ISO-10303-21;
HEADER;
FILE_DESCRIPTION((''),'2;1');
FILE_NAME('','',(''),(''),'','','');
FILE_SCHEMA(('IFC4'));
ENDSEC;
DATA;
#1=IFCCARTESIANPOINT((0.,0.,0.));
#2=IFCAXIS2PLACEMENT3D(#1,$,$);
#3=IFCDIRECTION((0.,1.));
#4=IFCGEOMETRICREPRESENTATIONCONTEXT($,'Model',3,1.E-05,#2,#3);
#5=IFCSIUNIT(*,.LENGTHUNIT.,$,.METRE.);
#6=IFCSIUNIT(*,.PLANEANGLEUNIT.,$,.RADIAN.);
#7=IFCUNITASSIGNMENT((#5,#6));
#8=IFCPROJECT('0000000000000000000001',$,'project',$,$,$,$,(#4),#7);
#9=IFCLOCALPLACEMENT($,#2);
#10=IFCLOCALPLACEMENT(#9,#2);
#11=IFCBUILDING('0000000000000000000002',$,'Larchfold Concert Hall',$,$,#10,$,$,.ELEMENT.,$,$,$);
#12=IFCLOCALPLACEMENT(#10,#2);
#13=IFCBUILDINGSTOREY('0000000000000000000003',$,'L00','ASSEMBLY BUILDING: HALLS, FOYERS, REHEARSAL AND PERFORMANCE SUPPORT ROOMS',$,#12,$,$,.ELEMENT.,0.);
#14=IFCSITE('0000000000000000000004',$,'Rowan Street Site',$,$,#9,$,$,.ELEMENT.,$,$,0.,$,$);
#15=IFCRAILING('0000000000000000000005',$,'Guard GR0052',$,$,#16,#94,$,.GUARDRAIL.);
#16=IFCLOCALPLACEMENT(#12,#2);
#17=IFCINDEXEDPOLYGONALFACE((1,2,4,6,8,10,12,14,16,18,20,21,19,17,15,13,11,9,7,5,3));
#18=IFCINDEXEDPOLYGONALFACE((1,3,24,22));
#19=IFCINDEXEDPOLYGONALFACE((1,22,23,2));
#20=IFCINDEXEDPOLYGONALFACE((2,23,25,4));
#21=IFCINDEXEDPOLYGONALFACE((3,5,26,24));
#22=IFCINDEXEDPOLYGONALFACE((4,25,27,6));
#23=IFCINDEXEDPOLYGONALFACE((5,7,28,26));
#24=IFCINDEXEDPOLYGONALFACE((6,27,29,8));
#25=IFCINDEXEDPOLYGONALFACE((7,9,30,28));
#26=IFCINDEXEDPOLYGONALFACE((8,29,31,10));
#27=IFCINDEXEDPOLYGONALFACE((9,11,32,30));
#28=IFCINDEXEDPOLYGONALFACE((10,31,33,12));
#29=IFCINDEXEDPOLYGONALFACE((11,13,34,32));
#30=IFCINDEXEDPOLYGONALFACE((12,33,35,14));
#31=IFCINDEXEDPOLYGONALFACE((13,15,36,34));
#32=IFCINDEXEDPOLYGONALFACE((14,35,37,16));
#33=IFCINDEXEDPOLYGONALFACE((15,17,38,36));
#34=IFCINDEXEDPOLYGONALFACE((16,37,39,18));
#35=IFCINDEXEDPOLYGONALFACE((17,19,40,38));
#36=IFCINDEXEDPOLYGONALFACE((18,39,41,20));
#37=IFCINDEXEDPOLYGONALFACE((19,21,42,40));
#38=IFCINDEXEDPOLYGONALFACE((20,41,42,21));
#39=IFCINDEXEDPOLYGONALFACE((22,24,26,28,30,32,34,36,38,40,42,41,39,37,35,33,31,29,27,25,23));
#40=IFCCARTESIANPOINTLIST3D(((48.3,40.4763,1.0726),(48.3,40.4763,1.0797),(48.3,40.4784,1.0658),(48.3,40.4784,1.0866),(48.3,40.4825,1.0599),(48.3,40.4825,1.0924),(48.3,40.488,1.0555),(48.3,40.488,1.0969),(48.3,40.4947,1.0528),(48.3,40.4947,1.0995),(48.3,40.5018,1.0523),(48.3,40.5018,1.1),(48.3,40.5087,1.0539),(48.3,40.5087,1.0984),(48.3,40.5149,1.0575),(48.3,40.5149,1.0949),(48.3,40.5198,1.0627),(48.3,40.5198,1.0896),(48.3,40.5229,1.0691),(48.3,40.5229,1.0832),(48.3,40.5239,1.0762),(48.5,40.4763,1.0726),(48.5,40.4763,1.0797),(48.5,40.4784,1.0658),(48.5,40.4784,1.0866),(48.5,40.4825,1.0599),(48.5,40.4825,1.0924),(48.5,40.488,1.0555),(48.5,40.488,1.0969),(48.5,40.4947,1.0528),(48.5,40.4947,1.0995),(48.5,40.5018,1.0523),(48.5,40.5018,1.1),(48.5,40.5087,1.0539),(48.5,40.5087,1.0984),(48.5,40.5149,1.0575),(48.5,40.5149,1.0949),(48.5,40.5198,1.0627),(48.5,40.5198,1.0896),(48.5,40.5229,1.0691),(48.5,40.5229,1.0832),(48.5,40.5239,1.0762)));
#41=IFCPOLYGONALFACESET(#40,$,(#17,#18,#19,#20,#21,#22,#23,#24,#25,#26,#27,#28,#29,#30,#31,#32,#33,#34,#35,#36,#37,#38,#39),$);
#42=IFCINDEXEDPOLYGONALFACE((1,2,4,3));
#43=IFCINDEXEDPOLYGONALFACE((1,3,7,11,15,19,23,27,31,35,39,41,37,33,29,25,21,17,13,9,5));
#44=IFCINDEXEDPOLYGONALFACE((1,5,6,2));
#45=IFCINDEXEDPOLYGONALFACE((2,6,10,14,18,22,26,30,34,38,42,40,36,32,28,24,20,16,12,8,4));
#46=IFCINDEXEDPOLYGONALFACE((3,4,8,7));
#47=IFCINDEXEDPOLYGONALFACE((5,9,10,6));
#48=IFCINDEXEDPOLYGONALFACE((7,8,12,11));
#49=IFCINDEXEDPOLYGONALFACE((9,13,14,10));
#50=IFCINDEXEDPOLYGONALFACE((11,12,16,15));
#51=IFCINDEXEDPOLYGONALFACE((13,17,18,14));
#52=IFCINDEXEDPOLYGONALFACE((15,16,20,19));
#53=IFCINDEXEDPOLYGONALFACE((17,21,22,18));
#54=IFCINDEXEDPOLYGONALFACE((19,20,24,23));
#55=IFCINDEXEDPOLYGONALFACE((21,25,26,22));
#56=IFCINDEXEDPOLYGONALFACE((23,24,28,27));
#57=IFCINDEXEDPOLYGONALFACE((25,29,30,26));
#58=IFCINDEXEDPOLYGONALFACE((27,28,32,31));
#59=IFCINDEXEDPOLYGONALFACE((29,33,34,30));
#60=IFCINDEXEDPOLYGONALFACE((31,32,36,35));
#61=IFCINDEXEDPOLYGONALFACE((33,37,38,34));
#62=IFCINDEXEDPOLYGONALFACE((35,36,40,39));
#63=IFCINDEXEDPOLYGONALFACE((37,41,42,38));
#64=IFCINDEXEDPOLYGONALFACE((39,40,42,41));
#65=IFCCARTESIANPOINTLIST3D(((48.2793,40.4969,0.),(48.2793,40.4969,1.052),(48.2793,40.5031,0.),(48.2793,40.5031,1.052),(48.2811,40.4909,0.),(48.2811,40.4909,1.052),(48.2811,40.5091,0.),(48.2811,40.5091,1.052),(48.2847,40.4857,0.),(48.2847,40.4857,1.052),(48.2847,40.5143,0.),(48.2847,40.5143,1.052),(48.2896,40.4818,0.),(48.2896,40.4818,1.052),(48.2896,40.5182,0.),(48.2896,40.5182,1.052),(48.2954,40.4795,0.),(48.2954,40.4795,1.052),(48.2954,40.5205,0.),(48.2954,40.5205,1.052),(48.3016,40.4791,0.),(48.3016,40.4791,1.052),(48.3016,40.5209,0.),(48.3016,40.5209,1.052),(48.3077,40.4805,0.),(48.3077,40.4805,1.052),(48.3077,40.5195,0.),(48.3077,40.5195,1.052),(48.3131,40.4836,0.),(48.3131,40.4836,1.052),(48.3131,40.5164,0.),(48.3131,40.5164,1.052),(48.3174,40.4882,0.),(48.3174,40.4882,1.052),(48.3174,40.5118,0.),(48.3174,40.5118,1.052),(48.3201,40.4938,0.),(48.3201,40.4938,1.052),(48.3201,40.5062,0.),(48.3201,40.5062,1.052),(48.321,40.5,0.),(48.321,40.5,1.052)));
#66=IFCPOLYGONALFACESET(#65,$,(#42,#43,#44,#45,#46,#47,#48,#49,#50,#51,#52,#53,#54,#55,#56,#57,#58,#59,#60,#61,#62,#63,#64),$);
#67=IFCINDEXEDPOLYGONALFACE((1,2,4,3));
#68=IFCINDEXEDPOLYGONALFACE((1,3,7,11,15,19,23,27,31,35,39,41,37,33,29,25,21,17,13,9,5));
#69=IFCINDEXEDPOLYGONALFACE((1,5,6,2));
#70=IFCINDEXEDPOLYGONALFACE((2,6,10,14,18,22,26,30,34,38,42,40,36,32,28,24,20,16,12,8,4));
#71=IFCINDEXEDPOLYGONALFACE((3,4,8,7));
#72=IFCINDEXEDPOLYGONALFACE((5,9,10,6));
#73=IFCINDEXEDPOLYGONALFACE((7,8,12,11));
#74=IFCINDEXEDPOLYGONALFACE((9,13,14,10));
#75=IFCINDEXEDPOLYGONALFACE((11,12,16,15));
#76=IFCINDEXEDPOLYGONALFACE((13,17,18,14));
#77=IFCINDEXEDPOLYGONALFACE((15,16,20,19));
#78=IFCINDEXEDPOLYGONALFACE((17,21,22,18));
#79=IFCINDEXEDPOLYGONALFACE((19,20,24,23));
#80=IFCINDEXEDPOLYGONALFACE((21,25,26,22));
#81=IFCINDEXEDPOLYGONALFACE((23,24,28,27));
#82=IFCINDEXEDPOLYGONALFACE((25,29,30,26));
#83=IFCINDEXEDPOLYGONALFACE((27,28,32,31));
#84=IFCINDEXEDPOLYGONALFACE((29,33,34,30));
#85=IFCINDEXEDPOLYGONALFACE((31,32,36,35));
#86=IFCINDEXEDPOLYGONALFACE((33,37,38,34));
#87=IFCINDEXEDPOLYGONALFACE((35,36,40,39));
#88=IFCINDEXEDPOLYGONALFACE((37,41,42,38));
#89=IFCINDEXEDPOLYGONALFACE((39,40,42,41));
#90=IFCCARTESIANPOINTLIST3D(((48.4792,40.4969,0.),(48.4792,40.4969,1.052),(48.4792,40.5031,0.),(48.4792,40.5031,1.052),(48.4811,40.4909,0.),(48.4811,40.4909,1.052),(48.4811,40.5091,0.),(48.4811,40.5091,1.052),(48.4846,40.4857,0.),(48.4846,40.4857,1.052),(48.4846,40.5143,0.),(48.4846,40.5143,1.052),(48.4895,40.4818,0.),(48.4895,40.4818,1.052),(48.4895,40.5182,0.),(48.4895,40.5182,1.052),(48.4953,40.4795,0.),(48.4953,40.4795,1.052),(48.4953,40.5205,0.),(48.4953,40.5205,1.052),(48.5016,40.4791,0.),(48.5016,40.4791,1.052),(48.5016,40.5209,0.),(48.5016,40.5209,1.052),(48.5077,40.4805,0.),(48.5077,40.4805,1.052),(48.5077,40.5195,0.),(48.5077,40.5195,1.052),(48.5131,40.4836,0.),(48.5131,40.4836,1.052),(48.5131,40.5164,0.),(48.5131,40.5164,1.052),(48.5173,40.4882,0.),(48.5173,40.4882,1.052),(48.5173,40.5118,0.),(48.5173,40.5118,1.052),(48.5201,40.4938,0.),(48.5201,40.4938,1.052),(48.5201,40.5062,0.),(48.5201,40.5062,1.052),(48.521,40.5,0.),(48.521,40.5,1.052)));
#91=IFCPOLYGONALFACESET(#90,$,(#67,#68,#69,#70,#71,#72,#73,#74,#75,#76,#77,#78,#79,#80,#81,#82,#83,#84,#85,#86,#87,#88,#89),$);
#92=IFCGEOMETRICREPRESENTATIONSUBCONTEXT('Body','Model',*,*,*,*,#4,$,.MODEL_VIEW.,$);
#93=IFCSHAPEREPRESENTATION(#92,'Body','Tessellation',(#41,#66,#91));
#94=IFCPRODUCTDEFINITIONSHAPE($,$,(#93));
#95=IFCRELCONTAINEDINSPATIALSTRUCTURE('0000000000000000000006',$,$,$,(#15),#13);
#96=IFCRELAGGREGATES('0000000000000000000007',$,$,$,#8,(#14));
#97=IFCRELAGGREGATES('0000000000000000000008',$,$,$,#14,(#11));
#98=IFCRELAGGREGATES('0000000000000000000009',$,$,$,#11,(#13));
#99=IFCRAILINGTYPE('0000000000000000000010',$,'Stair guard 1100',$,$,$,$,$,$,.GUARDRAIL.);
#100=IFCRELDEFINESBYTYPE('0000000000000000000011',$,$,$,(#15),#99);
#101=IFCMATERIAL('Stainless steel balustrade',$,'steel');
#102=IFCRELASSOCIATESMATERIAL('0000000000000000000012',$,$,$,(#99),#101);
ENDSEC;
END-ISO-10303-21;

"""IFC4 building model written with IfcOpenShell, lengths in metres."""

from ifc_helpers import new_model, si_unit, direction, frame, origin, origin_2d, place, context, subcontext, project, spatial, circle, extrude, material, type_object, element, save


model = new_model("IFC4")

# Units and contexts
model_context = context("Model", 3, precision=1e-05, world=origin(), true_north=direction((0.0, 1.0)))
body_context = subcontext(model_context, "Body", "Model", "MODEL_VIEW")
ifc_project = project(units=[si_unit("LENGTHUNIT", "METRE"), si_unit("PLANEANGLEUNIT", "RADIAN")], contexts=[model_context])

# Site, building, storey
site_placement = place(None, origin())
site = spatial("IfcSite", under=ifc_project, at=site_placement, Name="Rowan Street Site", CompositionType="ELEMENT", RefElevation=0.0)
building_placement = place(site_placement, origin())
building = spatial("IfcBuilding", under=site, at=building_placement, Name="Larchfold Concert Hall", CompositionType="ELEMENT")
storey_placement = place(building_placement, origin())
storey = spatial("IfcBuildingStorey", under=building, at=storey_placement, Name="L00", Description="ASSEMBLY BUILDING: HALLS, FOYERS, REHEARSAL AND PERFORMANCE SUPPORT ROOMS", CompositionType="ELEMENT", Elevation=0.0)

# Railing
ifc_material_1 = material(Name="Stainless steel balustrade", Category="steel")
railing_type_1 = type_object("IfcRailingType", Name="Stair guard 1100", PredefinedType="GUARDRAIL", material=ifc_material_1)
railing_1_placement = place(storey_placement, frame((48.3, 40.5, 0.0)))
element("IfcRailing", 1, at=railing_1_placement, inside=storey, type_object=railing_type_1, Name="Guard GR0052", PredefinedType="GUARDRAIL", context=body_context, shape_type="SweptSolid", body=[
    extrude(circle(Radius=0.0239, at=origin_2d()), frame((0.0, 0.0, 1.0762), z_axis=(1.0, 0.0, 0.0), x_axis=(0.0, 1.0, 0.0)), (0.0, 0.0, 1.0), 0.2),
    extrude(circle(Radius=0.021, at=origin_2d()), origin(), (0.0, 0.0, 1.0), 1.052),
    extrude(circle(Radius=0.021, at=origin_2d()), frame((0.2, 0.0, 0.0)), (0.0, 0.0, 1.0), 1.052),
])

save(model, "model.ifc")
